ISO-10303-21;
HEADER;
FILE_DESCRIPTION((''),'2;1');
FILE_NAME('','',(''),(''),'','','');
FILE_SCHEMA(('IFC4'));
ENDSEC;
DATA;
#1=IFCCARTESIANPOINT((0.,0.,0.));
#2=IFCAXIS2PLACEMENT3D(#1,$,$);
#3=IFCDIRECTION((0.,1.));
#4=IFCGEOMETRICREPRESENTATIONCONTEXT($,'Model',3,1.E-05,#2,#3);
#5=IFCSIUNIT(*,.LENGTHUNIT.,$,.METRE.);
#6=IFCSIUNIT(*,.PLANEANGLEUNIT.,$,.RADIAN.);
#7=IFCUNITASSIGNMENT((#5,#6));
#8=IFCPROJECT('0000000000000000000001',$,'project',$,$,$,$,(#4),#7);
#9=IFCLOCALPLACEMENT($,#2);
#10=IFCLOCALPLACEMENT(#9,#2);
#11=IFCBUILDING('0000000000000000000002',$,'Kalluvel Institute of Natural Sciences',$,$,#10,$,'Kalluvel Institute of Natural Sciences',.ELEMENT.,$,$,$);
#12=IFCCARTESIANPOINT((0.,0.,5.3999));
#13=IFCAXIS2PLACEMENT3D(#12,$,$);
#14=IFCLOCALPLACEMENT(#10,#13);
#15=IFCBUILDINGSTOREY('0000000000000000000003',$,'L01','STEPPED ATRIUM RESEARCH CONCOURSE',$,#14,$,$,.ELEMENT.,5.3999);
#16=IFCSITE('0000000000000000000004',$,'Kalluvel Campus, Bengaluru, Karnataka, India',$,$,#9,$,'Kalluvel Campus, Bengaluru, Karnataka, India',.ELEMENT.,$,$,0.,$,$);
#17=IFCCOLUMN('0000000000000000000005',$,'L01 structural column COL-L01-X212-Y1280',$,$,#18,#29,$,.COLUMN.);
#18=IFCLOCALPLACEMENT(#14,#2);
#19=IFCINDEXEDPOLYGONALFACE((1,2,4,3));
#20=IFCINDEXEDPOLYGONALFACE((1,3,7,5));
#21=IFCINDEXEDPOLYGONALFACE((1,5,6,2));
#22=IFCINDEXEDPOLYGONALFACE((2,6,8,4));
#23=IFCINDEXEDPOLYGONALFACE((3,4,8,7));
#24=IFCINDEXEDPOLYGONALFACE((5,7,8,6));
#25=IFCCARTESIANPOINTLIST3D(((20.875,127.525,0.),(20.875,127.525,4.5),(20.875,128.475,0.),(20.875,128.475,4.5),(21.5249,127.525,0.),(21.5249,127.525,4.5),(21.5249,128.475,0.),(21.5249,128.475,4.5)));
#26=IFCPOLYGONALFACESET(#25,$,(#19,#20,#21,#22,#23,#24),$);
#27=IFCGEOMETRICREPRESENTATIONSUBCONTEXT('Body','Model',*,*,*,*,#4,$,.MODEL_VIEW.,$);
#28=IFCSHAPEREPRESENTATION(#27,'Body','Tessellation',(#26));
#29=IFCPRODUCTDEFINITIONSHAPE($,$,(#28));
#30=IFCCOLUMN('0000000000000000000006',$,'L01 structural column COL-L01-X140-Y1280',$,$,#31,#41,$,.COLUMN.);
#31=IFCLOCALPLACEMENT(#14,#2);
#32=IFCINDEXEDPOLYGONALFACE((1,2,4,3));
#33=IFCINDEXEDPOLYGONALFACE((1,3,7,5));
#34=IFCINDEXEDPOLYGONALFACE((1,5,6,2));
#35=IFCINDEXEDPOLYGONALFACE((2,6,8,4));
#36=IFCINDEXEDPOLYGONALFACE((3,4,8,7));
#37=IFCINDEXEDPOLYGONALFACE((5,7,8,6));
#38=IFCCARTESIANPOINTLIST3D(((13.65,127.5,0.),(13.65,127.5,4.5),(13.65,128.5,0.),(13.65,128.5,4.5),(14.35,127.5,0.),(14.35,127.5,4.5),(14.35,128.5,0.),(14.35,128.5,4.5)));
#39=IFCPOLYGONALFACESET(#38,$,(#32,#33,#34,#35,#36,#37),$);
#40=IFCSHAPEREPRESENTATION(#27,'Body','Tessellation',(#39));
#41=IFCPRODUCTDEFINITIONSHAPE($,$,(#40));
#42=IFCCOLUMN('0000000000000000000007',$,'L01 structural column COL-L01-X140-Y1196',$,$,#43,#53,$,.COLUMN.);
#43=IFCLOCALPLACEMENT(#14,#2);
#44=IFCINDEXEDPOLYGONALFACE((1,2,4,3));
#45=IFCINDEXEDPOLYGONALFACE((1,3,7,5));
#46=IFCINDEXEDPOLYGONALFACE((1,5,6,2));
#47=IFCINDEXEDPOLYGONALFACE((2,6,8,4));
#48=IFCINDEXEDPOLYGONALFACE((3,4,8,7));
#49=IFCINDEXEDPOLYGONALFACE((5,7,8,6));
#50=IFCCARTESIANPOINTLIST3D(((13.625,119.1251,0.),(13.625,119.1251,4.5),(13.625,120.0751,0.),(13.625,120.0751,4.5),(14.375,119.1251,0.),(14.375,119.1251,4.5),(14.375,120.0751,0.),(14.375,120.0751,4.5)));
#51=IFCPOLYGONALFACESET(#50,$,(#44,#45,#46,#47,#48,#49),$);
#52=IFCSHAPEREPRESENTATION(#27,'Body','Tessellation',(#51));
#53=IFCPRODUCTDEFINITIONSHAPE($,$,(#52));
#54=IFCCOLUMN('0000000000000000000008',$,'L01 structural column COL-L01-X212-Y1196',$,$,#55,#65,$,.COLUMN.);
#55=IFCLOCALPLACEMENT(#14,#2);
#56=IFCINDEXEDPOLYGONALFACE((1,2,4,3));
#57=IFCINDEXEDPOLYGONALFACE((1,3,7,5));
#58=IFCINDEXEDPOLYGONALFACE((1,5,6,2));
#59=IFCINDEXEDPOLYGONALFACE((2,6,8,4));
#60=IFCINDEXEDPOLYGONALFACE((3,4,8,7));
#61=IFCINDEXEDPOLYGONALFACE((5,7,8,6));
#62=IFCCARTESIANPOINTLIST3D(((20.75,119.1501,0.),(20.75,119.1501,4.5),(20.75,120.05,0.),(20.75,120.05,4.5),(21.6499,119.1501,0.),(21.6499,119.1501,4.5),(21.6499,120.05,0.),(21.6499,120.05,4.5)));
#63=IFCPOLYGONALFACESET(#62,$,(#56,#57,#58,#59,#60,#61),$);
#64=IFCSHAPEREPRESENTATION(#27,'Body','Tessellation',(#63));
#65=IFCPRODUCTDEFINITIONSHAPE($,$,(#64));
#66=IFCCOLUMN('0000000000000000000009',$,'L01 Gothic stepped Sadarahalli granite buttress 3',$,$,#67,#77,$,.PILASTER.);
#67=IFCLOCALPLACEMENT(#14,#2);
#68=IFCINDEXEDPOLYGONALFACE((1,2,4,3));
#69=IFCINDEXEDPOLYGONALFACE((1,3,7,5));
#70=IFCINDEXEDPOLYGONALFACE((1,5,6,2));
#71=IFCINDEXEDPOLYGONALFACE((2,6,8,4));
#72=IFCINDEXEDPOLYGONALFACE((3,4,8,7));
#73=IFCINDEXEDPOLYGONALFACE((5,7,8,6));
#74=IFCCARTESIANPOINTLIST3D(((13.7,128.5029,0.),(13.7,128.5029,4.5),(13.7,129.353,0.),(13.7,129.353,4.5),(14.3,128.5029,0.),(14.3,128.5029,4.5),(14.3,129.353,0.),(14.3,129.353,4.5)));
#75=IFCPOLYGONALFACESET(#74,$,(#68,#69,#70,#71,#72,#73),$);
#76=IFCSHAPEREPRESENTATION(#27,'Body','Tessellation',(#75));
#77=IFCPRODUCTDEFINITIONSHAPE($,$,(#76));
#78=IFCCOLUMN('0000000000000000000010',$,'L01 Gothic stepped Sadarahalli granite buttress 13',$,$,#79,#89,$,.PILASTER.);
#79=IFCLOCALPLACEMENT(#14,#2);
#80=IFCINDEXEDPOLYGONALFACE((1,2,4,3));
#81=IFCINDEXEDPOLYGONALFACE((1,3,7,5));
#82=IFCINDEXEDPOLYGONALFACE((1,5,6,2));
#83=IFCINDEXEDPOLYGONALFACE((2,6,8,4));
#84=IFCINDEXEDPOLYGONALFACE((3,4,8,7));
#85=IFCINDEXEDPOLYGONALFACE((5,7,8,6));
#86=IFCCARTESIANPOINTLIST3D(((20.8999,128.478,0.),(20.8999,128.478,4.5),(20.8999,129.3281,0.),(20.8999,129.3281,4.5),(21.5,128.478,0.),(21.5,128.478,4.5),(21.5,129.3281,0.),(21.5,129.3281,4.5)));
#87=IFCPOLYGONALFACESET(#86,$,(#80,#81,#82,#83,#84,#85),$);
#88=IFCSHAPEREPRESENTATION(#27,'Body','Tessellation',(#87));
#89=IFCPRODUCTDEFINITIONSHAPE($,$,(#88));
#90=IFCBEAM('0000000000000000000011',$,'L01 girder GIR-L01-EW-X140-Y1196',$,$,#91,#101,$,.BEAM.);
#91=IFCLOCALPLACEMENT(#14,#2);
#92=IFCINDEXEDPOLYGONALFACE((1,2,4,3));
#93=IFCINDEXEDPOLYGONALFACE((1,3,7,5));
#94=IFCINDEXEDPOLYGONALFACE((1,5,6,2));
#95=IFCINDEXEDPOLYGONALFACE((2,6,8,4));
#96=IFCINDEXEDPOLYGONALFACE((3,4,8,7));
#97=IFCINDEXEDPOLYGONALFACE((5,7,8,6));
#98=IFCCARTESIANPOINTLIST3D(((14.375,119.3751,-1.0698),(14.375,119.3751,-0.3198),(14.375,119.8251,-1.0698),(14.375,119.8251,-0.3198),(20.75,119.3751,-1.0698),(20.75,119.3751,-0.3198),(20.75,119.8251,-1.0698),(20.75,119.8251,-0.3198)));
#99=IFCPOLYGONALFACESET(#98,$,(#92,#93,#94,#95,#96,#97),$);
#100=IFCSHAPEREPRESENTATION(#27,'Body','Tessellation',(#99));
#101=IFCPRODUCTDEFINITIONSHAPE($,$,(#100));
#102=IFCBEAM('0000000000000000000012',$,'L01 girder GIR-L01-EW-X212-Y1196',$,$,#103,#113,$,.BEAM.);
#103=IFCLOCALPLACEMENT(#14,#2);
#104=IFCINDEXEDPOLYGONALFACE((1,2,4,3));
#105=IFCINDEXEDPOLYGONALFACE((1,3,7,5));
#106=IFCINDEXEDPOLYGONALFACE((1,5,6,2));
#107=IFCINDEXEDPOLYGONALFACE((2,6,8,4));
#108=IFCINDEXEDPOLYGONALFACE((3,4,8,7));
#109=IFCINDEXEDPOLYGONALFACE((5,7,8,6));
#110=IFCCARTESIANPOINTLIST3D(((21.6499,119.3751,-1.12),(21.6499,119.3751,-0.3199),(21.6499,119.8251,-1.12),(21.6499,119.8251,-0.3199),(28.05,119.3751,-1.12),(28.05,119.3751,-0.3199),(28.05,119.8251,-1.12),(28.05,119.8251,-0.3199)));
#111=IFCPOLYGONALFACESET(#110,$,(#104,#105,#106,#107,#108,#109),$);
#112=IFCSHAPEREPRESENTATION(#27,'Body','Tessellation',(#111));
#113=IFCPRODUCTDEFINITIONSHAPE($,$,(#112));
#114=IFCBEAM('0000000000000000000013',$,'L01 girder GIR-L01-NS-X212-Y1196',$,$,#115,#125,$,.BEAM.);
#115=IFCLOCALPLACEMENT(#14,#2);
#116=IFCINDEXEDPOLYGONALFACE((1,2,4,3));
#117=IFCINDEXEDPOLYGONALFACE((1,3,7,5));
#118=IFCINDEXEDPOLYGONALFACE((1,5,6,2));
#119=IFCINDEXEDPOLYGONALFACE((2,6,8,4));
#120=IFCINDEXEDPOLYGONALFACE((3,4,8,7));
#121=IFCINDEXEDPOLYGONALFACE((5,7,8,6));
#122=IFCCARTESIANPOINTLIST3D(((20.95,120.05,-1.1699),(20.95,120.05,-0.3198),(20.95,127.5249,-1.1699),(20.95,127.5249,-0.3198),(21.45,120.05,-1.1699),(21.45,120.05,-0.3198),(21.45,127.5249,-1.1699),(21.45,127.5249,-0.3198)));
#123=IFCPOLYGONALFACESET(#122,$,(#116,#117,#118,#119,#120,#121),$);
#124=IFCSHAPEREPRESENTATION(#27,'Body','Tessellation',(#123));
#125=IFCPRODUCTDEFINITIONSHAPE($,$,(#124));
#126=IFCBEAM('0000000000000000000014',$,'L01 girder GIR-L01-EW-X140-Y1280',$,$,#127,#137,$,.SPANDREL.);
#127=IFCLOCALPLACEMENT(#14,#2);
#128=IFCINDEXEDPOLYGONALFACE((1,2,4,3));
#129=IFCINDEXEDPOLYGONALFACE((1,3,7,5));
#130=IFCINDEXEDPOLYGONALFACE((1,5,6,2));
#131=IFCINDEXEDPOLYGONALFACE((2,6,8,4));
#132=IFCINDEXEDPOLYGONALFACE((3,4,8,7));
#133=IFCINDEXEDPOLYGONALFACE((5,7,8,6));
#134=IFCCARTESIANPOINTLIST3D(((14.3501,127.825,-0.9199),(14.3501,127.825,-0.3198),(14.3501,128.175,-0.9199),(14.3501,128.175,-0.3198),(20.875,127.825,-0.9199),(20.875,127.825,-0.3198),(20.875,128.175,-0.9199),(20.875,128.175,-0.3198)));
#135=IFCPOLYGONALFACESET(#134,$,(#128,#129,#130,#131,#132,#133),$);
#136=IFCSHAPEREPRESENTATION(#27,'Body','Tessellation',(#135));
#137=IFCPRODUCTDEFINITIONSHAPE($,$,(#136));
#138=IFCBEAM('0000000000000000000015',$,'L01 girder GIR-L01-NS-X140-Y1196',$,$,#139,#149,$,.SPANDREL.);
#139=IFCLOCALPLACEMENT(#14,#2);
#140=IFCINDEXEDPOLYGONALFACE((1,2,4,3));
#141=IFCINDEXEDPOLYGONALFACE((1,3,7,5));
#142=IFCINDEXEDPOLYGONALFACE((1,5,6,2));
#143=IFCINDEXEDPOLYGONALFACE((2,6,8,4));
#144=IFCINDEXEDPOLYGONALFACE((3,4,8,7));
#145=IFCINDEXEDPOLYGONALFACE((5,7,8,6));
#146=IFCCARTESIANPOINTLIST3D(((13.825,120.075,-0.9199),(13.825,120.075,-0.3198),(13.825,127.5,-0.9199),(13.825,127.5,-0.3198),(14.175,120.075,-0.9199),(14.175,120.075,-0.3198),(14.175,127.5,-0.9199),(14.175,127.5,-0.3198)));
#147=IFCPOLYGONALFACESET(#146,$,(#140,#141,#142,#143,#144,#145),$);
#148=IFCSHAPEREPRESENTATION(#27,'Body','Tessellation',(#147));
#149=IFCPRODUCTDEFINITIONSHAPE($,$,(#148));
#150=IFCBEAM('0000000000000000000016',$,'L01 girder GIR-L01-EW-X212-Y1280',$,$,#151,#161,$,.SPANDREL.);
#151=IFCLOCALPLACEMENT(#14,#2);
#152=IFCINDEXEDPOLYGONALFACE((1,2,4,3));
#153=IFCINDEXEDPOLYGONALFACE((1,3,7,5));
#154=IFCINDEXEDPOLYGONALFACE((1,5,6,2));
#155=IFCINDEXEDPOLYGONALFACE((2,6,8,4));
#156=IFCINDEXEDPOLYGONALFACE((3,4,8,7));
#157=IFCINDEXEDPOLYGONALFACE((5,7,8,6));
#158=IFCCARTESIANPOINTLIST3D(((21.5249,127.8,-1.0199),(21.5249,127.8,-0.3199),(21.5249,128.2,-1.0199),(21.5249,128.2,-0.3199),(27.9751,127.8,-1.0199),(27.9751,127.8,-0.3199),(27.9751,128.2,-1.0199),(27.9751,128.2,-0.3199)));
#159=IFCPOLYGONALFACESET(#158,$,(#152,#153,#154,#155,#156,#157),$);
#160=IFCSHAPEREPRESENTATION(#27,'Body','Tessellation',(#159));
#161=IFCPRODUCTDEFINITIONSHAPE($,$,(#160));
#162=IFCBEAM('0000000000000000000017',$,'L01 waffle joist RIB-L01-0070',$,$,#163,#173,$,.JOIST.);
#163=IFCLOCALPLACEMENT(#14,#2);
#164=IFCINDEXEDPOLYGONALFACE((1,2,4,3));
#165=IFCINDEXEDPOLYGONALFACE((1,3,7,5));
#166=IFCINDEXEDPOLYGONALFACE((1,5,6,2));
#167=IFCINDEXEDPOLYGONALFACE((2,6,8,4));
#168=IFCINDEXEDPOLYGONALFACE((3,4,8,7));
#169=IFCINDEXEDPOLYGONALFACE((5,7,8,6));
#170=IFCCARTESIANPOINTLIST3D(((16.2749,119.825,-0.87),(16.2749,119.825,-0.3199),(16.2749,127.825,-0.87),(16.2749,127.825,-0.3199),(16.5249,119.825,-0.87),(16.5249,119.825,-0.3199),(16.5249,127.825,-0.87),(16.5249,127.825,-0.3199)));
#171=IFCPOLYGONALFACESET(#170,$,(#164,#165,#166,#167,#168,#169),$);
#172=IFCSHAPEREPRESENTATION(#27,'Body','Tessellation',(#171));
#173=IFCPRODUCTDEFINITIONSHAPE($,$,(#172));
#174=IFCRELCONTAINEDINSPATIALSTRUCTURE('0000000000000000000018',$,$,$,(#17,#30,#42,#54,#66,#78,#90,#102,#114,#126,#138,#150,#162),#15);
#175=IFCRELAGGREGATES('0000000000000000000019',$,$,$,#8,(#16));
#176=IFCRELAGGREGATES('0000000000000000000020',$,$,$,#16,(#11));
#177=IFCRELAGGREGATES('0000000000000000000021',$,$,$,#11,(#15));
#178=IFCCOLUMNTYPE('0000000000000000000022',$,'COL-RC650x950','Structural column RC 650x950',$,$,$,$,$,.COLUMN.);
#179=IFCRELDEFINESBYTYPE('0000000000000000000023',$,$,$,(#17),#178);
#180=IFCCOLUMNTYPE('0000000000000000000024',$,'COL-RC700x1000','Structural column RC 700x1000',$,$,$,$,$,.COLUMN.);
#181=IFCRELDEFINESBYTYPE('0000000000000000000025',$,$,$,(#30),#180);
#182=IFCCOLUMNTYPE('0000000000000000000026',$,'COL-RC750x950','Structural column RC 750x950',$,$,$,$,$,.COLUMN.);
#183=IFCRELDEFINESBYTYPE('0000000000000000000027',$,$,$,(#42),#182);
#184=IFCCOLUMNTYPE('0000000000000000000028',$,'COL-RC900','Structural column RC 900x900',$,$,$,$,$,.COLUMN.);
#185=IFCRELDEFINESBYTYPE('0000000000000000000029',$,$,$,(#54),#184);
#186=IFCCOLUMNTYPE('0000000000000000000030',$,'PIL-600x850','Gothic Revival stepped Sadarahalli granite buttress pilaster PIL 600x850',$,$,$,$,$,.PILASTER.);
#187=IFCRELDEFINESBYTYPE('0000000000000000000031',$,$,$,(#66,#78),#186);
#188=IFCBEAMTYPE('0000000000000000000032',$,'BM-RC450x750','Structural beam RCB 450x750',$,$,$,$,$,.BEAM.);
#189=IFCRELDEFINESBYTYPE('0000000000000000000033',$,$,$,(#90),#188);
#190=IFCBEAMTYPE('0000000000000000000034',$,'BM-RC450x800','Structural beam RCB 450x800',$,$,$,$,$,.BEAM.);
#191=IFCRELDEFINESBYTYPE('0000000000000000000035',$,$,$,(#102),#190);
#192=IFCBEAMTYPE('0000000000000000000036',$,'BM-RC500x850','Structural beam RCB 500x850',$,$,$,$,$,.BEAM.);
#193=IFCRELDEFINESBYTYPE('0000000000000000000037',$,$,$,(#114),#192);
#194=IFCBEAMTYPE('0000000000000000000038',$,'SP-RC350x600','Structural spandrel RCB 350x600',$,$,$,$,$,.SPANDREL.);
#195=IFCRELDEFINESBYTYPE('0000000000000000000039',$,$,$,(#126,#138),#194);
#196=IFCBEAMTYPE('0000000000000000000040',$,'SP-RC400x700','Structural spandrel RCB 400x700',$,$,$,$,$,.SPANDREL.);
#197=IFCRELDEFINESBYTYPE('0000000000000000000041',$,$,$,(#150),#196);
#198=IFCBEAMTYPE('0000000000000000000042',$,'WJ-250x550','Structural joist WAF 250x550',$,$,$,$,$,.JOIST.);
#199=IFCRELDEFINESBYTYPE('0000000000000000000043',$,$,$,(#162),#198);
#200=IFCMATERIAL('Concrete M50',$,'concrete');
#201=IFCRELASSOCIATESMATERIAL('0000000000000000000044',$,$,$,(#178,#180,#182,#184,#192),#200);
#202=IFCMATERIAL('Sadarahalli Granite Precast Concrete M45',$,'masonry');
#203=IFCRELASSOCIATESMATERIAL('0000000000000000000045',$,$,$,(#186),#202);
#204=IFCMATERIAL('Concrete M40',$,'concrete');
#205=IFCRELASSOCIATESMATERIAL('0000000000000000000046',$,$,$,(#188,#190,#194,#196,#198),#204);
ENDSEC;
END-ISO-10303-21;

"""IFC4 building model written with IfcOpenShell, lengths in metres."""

from ifc_helpers import new_model, si_unit, direction, frame, origin, origin_2d, place, context, subcontext, project, spatial, rectangle, extrude, material, material_profile, profile_set, type_object, element, save


model = new_model("IFC4")

# Units and contexts
model_context = context("Model", 3, precision=1e-05, world=origin(), true_north=direction((0.0, 1.0)))
body_context = subcontext(model_context, "Body", "Model", "MODEL_VIEW")
ifc_project = project(units=[si_unit("LENGTHUNIT", "METRE"), si_unit("PLANEANGLEUNIT", "RADIAN")], contexts=[model_context])

# Site, building, storey
site_placement = place(None, origin())
site = spatial("IfcSite", under=ifc_project, at=site_placement, Name="Kalluvel Campus, Bengaluru, Karnataka, India", LongName="Kalluvel Campus, Bengaluru, Karnataka, India", CompositionType="ELEMENT", RefElevation=0.0)
building_placement = place(site_placement, origin())
building = spatial("IfcBuilding", under=site, at=building_placement, Name="Kalluvel Institute of Natural Sciences", LongName="Kalluvel Institute of Natural Sciences", CompositionType="ELEMENT")
storey_placement = place(building_placement, frame((0.0, 0.0, 5.3999)))
storey = spatial("IfcBuildingStorey", under=building, at=storey_placement, Name="L01", Description="STEPPED ATRIUM RESEARCH CONCOURSE", CompositionType="ELEMENT", Elevation=5.3999)

# Columns
ifc_material_1 = material(Name="Concrete M50", Category="concrete")
ifc_material_profile_1 = material_profile(ifc_material_1, rectangle(XDim=0.6499, YDim=0.95, at=origin_2d()), Name="RC 650x950")
ifc_profile_set_1 = profile_set([ifc_material_profile_1], Name="Concrete M50")
column_type_1 = type_object("IfcColumnType", Name="COL-RC650x950", Description="Structural column RC 650x950", PredefinedType="COLUMN", material=ifc_profile_set_1)
column_1_placement = place(storey_placement, frame((21.2, 128.0, 0.0), z_axis=(0.0, 0.0, 1.0), x_axis=(1.0, 0.0, 0.0)))
element("IfcColumn", 1, at=column_1_placement, inside=storey, type_object=column_type_1, Name="L01 structural column COL-L01-X212-Y1280", PredefinedType="COLUMN", context=body_context, shape_type="SweptSolid", body=[
    extrude(rectangle(XDim=0.6499, YDim=0.95, at=origin_2d()), origin(), (0.0, 0.0, 1.0), 4.5),
])
ifc_material_profile_2 = material_profile(ifc_material_1, rectangle(XDim=0.7, YDim=1.0, at=origin_2d()), Name="RC 700x1000")
ifc_profile_set_2 = profile_set([ifc_material_profile_2], Name="Concrete M50")
column_type_2 = type_object("IfcColumnType", Name="COL-RC700x1000", Description="Structural column RC 700x1000", PredefinedType="COLUMN", material=ifc_profile_set_2)
column_2_placement = place(storey_placement, frame((14.0, 128.0, 0.0), z_axis=(0.0, 0.0, 1.0), x_axis=(1.0, 0.0, 0.0)))
element("IfcColumn", 2, at=column_2_placement, inside=storey, type_object=column_type_2, Name="L01 structural column COL-L01-X140-Y1280", PredefinedType="COLUMN", context=body_context, shape_type="SweptSolid", body=[
    extrude(rectangle(XDim=0.7, YDim=1.0, at=origin_2d()), origin(), (0.0, 0.0, 1.0), 4.5),
])
ifc_material_profile_3 = material_profile(ifc_material_1, rectangle(XDim=0.75, YDim=0.95, at=origin_2d()), Name="RC 750x950")
ifc_profile_set_3 = profile_set([ifc_material_profile_3], Name="Concrete M50")
column_type_3 = type_object("IfcColumnType", Name="COL-RC750x950", Description="Structural column RC 750x950", PredefinedType="COLUMN", material=ifc_profile_set_3)
column_3_placement = place(storey_placement, frame((14.0, 119.6001, 0.0), z_axis=(0.0, 0.0, 1.0), x_axis=(1.0, 0.0, 0.0)))
element("IfcColumn", 3, at=column_3_placement, inside=storey, type_object=column_type_3, Name="L01 structural column COL-L01-X140-Y1196", PredefinedType="COLUMN", context=body_context, shape_type="SweptSolid", body=[
    extrude(rectangle(XDim=0.75, YDim=0.95, at=origin_2d()), origin(), (0.0, 0.0, 1.0), 4.5),
])
ifc_material_profile_4 = material_profile(ifc_material_1, rectangle(XDim=0.8999, YDim=0.8999, at=origin_2d()), Name="RC 900x900")
ifc_profile_set_4 = profile_set([ifc_material_profile_4], Name="Concrete M50")
column_type_4 = type_object("IfcColumnType", Name="COL-RC900", Description="Structural column RC 900x900", PredefinedType="COLUMN", material=ifc_profile_set_4)
column_4_placement = place(storey_placement, frame((21.2, 119.6001, 0.0), z_axis=(0.0, 0.0, 1.0), x_axis=(1.0, 0.0, 0.0)))
element("IfcColumn", 4, at=column_4_placement, inside=storey, type_object=column_type_4, Name="L01 structural column COL-L01-X212-Y1196", PredefinedType="COLUMN", context=body_context, shape_type="SweptSolid", body=[
    extrude(rectangle(XDim=0.8999, YDim=0.8999, at=origin_2d()), origin(), (0.0, 0.0, 1.0), 4.5),
])
ifc_material_2 = material(Name="Sadarahalli Granite Precast Concrete M45", Category="masonry")
ifc_material_profile_5 = material_profile(ifc_material_2, rectangle(XDim=0.6001, YDim=0.8501, at=origin_2d()), Name="PIL 600x850")
ifc_profile_set_5 = profile_set([ifc_material_profile_5], Name="Sadarahalli Granite Precast Concrete M45")
column_type_5 = type_object("IfcColumnType", Name="PIL-600x850", Description="Gothic Revival stepped Sadarahalli granite buttress pilaster PIL 600x850", PredefinedType="PILASTER", material=ifc_profile_set_5)
for number, where, z_axis, x_axis, name in (
    (5, (14.0, 128.928, 0.0), (0.0, 0.0, 1.0), (1.0, 0.0, 0.0), "L01 Gothic stepped Sadarahalli granite buttress 3"),
    (6, (21.2, 128.9031, 0.0), (0.0, 0.0, 1.0), (1.0, 0.0, 0.0), "L01 Gothic stepped Sadarahalli granite buttress 13"),
):
    element("IfcColumn", number, at=place(storey_placement, frame(where, z_axis=z_axis, x_axis=x_axis)), inside=storey, type_object=column_type_5, Name=name, PredefinedType="PILASTER", context=body_context, shape_type="SweptSolid", body=[
        extrude(rectangle(XDim=0.6001, YDim=0.8501, at=origin_2d()), origin(), (0.0, 0.0, 1.0), 4.5),
    ])

# Beams
ifc_material_3 = material(Name="Concrete M40", Category="concrete")
ifc_material_profile_6 = material_profile(ifc_material_3, rectangle(XDim=0.45, YDim=0.75, at=origin_2d()), Name="RCB 450x750")
ifc_profile_set_6 = profile_set([ifc_material_profile_6], Name="Concrete M40")
beam_type_1 = type_object("IfcBeamType", Name="BM-RC450x750", Description="Structural beam RCB 450x750", PredefinedType="BEAM", material=ifc_profile_set_6)
beam_1_placement = place(storey_placement, frame((14.375, 119.6001, -0.6948), z_axis=(1.0, 0.0, 0.0), x_axis=(0.0, 1.0, 0.0)))
element("IfcBeam", 7, at=beam_1_placement, inside=storey, type_object=beam_type_1, Name="L01 girder GIR-L01-EW-X140-Y1196", PredefinedType="BEAM", context=body_context, shape_type="SweptSolid", body=[
    extrude(rectangle(XDim=0.45, YDim=0.75, at=origin_2d()), origin(), (0.0, 0.0, 1.0), 6.375),
])
ifc_material_profile_7 = material_profile(ifc_material_3, rectangle(XDim=0.45, YDim=0.8, at=origin_2d()), Name="RCB 450x800")
ifc_profile_set_7 = profile_set([ifc_material_profile_7], Name="Concrete M40")
beam_type_2 = type_object("IfcBeamType", Name="BM-RC450x800", Description="Structural beam RCB 450x800", PredefinedType="BEAM", material=ifc_profile_set_7)
beam_2_placement = place(storey_placement, frame((21.6499, 119.6001, -0.72), z_axis=(1.0, 0.0, 0.0), x_axis=(0.0, 1.0, 0.0)))
element("IfcBeam", 8, at=beam_2_placement, inside=storey, type_object=beam_type_2, Name="L01 girder GIR-L01-EW-X212-Y1196", PredefinedType="BEAM", context=body_context, shape_type="SweptSolid", body=[
    extrude(rectangle(XDim=0.45, YDim=0.8, at=origin_2d()), origin(), (0.0, 0.0, 1.0), 6.4001),
])
ifc_material_profile_8 = material_profile(ifc_material_1, rectangle(XDim=0.5, YDim=0.8501, at=origin_2d()), Name="RCB 500x850")
ifc_profile_set_8 = profile_set([ifc_material_profile_8], Name="Concrete M50")
beam_type_3 = type_object("IfcBeamType", Name="BM-RC500x850", Description="Structural beam RCB 500x850", PredefinedType="BEAM", material=ifc_profile_set_8)
beam_3_placement = place(storey_placement, frame((21.2, 120.05, -0.7449), z_axis=(0.0, 1.0, 0.0), x_axis=(-1.0, 0.0, 0.0)))
element("IfcBeam", 9, at=beam_3_placement, inside=storey, type_object=beam_type_3, Name="L01 girder GIR-L01-NS-X212-Y1196", PredefinedType="BEAM", context=body_context, shape_type="SweptSolid", body=[
    extrude(rectangle(XDim=0.5, YDim=0.8501, at=origin_2d()), origin(), (0.0, 0.0, 1.0), 7.4749),
])
ifc_material_profile_9 = material_profile(ifc_material_3, rectangle(XDim=0.3501, YDim=0.6001, at=origin_2d()), Name="RCB 350x600")
ifc_profile_set_9 = profile_set([ifc_material_profile_9], Name="Concrete M40")
beam_type_4 = type_object("IfcBeamType", Name="SP-RC350x600", Description="Structural spandrel RCB 350x600", PredefinedType="SPANDREL", material=ifc_profile_set_9)
beam_4_placement = place(storey_placement, frame((14.3501, 128.0, -0.6199), z_axis=(1.0, 0.0, 0.0), x_axis=(0.0, 1.0, 0.0)))
element("IfcBeam", 10, at=beam_4_placement, inside=storey, type_object=beam_type_4, Name="L01 girder GIR-L01-EW-X140-Y1280", PredefinedType="SPANDREL", context=body_context, shape_type="SweptSolid", body=[
    extrude(rectangle(XDim=0.3501, YDim=0.6001, at=origin_2d()), origin(), (0.0, 0.0, 1.0), 6.5249),
])
beam_5_placement = place(storey_placement, frame((14.0, 120.075, -0.6199), z_axis=(0.0, 1.0, 0.0), x_axis=(-1.0, 0.0, 0.0)))
element("IfcBeam", 11, at=beam_5_placement, inside=storey, type_object=beam_type_4, Name="L01 girder GIR-L01-NS-X140-Y1196", PredefinedType="SPANDREL", context=body_context, shape_type="SweptSolid", body=[
    extrude(rectangle(XDim=0.3501, YDim=0.6001, at=origin_2d()), origin(), (0.0, 0.0, 1.0), 7.425),
])
ifc_material_profile_10 = material_profile(ifc_material_3, rectangle(XDim=0.3999, YDim=0.7, at=origin_2d()), Name="RCB 400x700")
ifc_profile_set_10 = profile_set([ifc_material_profile_10], Name="Concrete M40")
beam_type_5 = type_object("IfcBeamType", Name="SP-RC400x700", Description="Structural spandrel RCB 400x700", PredefinedType="SPANDREL", material=ifc_profile_set_10)
beam_6_placement = place(storey_placement, frame((21.5249, 128.0, -0.6699), z_axis=(1.0, 0.0, 0.0), x_axis=(0.0, 1.0, 0.0)))
element("IfcBeam", 12, at=beam_6_placement, inside=storey, type_object=beam_type_5, Name="L01 girder GIR-L01-EW-X212-Y1280", PredefinedType="SPANDREL", context=body_context, shape_type="SweptSolid", body=[
    extrude(rectangle(XDim=0.3999, YDim=0.7, at=origin_2d()), origin(), (0.0, 0.0, 1.0), 6.4502),
])
ifc_material_profile_11 = material_profile(ifc_material_3, rectangle(XDim=0.25, YDim=0.55, at=origin_2d()), Name="WAF 250x550")
ifc_profile_set_11 = profile_set([ifc_material_profile_11], Name="Concrete M40")
beam_type_6 = type_object("IfcBeamType", Name="WJ-250x550", Description="Structural joist WAF 250x550", PredefinedType="JOIST", material=ifc_profile_set_11)
beam_7_placement = place(storey_placement, frame((16.3999, 119.825, -0.595), z_axis=(0.0, 1.0, 0.0), x_axis=(-1.0, 0.0, 0.0)))
element("IfcBeam", 13, at=beam_7_placement, inside=storey, type_object=beam_type_6, Name="L01 waffle joist RIB-L01-0070", PredefinedType="JOIST", context=body_context, shape_type="SweptSolid", body=[
    extrude(rectangle(XDim=0.25, YDim=0.55, at=origin_2d()), origin(), (0.0, 0.0, 1.0), 8.0),
])

save(model, "model.ifc")
